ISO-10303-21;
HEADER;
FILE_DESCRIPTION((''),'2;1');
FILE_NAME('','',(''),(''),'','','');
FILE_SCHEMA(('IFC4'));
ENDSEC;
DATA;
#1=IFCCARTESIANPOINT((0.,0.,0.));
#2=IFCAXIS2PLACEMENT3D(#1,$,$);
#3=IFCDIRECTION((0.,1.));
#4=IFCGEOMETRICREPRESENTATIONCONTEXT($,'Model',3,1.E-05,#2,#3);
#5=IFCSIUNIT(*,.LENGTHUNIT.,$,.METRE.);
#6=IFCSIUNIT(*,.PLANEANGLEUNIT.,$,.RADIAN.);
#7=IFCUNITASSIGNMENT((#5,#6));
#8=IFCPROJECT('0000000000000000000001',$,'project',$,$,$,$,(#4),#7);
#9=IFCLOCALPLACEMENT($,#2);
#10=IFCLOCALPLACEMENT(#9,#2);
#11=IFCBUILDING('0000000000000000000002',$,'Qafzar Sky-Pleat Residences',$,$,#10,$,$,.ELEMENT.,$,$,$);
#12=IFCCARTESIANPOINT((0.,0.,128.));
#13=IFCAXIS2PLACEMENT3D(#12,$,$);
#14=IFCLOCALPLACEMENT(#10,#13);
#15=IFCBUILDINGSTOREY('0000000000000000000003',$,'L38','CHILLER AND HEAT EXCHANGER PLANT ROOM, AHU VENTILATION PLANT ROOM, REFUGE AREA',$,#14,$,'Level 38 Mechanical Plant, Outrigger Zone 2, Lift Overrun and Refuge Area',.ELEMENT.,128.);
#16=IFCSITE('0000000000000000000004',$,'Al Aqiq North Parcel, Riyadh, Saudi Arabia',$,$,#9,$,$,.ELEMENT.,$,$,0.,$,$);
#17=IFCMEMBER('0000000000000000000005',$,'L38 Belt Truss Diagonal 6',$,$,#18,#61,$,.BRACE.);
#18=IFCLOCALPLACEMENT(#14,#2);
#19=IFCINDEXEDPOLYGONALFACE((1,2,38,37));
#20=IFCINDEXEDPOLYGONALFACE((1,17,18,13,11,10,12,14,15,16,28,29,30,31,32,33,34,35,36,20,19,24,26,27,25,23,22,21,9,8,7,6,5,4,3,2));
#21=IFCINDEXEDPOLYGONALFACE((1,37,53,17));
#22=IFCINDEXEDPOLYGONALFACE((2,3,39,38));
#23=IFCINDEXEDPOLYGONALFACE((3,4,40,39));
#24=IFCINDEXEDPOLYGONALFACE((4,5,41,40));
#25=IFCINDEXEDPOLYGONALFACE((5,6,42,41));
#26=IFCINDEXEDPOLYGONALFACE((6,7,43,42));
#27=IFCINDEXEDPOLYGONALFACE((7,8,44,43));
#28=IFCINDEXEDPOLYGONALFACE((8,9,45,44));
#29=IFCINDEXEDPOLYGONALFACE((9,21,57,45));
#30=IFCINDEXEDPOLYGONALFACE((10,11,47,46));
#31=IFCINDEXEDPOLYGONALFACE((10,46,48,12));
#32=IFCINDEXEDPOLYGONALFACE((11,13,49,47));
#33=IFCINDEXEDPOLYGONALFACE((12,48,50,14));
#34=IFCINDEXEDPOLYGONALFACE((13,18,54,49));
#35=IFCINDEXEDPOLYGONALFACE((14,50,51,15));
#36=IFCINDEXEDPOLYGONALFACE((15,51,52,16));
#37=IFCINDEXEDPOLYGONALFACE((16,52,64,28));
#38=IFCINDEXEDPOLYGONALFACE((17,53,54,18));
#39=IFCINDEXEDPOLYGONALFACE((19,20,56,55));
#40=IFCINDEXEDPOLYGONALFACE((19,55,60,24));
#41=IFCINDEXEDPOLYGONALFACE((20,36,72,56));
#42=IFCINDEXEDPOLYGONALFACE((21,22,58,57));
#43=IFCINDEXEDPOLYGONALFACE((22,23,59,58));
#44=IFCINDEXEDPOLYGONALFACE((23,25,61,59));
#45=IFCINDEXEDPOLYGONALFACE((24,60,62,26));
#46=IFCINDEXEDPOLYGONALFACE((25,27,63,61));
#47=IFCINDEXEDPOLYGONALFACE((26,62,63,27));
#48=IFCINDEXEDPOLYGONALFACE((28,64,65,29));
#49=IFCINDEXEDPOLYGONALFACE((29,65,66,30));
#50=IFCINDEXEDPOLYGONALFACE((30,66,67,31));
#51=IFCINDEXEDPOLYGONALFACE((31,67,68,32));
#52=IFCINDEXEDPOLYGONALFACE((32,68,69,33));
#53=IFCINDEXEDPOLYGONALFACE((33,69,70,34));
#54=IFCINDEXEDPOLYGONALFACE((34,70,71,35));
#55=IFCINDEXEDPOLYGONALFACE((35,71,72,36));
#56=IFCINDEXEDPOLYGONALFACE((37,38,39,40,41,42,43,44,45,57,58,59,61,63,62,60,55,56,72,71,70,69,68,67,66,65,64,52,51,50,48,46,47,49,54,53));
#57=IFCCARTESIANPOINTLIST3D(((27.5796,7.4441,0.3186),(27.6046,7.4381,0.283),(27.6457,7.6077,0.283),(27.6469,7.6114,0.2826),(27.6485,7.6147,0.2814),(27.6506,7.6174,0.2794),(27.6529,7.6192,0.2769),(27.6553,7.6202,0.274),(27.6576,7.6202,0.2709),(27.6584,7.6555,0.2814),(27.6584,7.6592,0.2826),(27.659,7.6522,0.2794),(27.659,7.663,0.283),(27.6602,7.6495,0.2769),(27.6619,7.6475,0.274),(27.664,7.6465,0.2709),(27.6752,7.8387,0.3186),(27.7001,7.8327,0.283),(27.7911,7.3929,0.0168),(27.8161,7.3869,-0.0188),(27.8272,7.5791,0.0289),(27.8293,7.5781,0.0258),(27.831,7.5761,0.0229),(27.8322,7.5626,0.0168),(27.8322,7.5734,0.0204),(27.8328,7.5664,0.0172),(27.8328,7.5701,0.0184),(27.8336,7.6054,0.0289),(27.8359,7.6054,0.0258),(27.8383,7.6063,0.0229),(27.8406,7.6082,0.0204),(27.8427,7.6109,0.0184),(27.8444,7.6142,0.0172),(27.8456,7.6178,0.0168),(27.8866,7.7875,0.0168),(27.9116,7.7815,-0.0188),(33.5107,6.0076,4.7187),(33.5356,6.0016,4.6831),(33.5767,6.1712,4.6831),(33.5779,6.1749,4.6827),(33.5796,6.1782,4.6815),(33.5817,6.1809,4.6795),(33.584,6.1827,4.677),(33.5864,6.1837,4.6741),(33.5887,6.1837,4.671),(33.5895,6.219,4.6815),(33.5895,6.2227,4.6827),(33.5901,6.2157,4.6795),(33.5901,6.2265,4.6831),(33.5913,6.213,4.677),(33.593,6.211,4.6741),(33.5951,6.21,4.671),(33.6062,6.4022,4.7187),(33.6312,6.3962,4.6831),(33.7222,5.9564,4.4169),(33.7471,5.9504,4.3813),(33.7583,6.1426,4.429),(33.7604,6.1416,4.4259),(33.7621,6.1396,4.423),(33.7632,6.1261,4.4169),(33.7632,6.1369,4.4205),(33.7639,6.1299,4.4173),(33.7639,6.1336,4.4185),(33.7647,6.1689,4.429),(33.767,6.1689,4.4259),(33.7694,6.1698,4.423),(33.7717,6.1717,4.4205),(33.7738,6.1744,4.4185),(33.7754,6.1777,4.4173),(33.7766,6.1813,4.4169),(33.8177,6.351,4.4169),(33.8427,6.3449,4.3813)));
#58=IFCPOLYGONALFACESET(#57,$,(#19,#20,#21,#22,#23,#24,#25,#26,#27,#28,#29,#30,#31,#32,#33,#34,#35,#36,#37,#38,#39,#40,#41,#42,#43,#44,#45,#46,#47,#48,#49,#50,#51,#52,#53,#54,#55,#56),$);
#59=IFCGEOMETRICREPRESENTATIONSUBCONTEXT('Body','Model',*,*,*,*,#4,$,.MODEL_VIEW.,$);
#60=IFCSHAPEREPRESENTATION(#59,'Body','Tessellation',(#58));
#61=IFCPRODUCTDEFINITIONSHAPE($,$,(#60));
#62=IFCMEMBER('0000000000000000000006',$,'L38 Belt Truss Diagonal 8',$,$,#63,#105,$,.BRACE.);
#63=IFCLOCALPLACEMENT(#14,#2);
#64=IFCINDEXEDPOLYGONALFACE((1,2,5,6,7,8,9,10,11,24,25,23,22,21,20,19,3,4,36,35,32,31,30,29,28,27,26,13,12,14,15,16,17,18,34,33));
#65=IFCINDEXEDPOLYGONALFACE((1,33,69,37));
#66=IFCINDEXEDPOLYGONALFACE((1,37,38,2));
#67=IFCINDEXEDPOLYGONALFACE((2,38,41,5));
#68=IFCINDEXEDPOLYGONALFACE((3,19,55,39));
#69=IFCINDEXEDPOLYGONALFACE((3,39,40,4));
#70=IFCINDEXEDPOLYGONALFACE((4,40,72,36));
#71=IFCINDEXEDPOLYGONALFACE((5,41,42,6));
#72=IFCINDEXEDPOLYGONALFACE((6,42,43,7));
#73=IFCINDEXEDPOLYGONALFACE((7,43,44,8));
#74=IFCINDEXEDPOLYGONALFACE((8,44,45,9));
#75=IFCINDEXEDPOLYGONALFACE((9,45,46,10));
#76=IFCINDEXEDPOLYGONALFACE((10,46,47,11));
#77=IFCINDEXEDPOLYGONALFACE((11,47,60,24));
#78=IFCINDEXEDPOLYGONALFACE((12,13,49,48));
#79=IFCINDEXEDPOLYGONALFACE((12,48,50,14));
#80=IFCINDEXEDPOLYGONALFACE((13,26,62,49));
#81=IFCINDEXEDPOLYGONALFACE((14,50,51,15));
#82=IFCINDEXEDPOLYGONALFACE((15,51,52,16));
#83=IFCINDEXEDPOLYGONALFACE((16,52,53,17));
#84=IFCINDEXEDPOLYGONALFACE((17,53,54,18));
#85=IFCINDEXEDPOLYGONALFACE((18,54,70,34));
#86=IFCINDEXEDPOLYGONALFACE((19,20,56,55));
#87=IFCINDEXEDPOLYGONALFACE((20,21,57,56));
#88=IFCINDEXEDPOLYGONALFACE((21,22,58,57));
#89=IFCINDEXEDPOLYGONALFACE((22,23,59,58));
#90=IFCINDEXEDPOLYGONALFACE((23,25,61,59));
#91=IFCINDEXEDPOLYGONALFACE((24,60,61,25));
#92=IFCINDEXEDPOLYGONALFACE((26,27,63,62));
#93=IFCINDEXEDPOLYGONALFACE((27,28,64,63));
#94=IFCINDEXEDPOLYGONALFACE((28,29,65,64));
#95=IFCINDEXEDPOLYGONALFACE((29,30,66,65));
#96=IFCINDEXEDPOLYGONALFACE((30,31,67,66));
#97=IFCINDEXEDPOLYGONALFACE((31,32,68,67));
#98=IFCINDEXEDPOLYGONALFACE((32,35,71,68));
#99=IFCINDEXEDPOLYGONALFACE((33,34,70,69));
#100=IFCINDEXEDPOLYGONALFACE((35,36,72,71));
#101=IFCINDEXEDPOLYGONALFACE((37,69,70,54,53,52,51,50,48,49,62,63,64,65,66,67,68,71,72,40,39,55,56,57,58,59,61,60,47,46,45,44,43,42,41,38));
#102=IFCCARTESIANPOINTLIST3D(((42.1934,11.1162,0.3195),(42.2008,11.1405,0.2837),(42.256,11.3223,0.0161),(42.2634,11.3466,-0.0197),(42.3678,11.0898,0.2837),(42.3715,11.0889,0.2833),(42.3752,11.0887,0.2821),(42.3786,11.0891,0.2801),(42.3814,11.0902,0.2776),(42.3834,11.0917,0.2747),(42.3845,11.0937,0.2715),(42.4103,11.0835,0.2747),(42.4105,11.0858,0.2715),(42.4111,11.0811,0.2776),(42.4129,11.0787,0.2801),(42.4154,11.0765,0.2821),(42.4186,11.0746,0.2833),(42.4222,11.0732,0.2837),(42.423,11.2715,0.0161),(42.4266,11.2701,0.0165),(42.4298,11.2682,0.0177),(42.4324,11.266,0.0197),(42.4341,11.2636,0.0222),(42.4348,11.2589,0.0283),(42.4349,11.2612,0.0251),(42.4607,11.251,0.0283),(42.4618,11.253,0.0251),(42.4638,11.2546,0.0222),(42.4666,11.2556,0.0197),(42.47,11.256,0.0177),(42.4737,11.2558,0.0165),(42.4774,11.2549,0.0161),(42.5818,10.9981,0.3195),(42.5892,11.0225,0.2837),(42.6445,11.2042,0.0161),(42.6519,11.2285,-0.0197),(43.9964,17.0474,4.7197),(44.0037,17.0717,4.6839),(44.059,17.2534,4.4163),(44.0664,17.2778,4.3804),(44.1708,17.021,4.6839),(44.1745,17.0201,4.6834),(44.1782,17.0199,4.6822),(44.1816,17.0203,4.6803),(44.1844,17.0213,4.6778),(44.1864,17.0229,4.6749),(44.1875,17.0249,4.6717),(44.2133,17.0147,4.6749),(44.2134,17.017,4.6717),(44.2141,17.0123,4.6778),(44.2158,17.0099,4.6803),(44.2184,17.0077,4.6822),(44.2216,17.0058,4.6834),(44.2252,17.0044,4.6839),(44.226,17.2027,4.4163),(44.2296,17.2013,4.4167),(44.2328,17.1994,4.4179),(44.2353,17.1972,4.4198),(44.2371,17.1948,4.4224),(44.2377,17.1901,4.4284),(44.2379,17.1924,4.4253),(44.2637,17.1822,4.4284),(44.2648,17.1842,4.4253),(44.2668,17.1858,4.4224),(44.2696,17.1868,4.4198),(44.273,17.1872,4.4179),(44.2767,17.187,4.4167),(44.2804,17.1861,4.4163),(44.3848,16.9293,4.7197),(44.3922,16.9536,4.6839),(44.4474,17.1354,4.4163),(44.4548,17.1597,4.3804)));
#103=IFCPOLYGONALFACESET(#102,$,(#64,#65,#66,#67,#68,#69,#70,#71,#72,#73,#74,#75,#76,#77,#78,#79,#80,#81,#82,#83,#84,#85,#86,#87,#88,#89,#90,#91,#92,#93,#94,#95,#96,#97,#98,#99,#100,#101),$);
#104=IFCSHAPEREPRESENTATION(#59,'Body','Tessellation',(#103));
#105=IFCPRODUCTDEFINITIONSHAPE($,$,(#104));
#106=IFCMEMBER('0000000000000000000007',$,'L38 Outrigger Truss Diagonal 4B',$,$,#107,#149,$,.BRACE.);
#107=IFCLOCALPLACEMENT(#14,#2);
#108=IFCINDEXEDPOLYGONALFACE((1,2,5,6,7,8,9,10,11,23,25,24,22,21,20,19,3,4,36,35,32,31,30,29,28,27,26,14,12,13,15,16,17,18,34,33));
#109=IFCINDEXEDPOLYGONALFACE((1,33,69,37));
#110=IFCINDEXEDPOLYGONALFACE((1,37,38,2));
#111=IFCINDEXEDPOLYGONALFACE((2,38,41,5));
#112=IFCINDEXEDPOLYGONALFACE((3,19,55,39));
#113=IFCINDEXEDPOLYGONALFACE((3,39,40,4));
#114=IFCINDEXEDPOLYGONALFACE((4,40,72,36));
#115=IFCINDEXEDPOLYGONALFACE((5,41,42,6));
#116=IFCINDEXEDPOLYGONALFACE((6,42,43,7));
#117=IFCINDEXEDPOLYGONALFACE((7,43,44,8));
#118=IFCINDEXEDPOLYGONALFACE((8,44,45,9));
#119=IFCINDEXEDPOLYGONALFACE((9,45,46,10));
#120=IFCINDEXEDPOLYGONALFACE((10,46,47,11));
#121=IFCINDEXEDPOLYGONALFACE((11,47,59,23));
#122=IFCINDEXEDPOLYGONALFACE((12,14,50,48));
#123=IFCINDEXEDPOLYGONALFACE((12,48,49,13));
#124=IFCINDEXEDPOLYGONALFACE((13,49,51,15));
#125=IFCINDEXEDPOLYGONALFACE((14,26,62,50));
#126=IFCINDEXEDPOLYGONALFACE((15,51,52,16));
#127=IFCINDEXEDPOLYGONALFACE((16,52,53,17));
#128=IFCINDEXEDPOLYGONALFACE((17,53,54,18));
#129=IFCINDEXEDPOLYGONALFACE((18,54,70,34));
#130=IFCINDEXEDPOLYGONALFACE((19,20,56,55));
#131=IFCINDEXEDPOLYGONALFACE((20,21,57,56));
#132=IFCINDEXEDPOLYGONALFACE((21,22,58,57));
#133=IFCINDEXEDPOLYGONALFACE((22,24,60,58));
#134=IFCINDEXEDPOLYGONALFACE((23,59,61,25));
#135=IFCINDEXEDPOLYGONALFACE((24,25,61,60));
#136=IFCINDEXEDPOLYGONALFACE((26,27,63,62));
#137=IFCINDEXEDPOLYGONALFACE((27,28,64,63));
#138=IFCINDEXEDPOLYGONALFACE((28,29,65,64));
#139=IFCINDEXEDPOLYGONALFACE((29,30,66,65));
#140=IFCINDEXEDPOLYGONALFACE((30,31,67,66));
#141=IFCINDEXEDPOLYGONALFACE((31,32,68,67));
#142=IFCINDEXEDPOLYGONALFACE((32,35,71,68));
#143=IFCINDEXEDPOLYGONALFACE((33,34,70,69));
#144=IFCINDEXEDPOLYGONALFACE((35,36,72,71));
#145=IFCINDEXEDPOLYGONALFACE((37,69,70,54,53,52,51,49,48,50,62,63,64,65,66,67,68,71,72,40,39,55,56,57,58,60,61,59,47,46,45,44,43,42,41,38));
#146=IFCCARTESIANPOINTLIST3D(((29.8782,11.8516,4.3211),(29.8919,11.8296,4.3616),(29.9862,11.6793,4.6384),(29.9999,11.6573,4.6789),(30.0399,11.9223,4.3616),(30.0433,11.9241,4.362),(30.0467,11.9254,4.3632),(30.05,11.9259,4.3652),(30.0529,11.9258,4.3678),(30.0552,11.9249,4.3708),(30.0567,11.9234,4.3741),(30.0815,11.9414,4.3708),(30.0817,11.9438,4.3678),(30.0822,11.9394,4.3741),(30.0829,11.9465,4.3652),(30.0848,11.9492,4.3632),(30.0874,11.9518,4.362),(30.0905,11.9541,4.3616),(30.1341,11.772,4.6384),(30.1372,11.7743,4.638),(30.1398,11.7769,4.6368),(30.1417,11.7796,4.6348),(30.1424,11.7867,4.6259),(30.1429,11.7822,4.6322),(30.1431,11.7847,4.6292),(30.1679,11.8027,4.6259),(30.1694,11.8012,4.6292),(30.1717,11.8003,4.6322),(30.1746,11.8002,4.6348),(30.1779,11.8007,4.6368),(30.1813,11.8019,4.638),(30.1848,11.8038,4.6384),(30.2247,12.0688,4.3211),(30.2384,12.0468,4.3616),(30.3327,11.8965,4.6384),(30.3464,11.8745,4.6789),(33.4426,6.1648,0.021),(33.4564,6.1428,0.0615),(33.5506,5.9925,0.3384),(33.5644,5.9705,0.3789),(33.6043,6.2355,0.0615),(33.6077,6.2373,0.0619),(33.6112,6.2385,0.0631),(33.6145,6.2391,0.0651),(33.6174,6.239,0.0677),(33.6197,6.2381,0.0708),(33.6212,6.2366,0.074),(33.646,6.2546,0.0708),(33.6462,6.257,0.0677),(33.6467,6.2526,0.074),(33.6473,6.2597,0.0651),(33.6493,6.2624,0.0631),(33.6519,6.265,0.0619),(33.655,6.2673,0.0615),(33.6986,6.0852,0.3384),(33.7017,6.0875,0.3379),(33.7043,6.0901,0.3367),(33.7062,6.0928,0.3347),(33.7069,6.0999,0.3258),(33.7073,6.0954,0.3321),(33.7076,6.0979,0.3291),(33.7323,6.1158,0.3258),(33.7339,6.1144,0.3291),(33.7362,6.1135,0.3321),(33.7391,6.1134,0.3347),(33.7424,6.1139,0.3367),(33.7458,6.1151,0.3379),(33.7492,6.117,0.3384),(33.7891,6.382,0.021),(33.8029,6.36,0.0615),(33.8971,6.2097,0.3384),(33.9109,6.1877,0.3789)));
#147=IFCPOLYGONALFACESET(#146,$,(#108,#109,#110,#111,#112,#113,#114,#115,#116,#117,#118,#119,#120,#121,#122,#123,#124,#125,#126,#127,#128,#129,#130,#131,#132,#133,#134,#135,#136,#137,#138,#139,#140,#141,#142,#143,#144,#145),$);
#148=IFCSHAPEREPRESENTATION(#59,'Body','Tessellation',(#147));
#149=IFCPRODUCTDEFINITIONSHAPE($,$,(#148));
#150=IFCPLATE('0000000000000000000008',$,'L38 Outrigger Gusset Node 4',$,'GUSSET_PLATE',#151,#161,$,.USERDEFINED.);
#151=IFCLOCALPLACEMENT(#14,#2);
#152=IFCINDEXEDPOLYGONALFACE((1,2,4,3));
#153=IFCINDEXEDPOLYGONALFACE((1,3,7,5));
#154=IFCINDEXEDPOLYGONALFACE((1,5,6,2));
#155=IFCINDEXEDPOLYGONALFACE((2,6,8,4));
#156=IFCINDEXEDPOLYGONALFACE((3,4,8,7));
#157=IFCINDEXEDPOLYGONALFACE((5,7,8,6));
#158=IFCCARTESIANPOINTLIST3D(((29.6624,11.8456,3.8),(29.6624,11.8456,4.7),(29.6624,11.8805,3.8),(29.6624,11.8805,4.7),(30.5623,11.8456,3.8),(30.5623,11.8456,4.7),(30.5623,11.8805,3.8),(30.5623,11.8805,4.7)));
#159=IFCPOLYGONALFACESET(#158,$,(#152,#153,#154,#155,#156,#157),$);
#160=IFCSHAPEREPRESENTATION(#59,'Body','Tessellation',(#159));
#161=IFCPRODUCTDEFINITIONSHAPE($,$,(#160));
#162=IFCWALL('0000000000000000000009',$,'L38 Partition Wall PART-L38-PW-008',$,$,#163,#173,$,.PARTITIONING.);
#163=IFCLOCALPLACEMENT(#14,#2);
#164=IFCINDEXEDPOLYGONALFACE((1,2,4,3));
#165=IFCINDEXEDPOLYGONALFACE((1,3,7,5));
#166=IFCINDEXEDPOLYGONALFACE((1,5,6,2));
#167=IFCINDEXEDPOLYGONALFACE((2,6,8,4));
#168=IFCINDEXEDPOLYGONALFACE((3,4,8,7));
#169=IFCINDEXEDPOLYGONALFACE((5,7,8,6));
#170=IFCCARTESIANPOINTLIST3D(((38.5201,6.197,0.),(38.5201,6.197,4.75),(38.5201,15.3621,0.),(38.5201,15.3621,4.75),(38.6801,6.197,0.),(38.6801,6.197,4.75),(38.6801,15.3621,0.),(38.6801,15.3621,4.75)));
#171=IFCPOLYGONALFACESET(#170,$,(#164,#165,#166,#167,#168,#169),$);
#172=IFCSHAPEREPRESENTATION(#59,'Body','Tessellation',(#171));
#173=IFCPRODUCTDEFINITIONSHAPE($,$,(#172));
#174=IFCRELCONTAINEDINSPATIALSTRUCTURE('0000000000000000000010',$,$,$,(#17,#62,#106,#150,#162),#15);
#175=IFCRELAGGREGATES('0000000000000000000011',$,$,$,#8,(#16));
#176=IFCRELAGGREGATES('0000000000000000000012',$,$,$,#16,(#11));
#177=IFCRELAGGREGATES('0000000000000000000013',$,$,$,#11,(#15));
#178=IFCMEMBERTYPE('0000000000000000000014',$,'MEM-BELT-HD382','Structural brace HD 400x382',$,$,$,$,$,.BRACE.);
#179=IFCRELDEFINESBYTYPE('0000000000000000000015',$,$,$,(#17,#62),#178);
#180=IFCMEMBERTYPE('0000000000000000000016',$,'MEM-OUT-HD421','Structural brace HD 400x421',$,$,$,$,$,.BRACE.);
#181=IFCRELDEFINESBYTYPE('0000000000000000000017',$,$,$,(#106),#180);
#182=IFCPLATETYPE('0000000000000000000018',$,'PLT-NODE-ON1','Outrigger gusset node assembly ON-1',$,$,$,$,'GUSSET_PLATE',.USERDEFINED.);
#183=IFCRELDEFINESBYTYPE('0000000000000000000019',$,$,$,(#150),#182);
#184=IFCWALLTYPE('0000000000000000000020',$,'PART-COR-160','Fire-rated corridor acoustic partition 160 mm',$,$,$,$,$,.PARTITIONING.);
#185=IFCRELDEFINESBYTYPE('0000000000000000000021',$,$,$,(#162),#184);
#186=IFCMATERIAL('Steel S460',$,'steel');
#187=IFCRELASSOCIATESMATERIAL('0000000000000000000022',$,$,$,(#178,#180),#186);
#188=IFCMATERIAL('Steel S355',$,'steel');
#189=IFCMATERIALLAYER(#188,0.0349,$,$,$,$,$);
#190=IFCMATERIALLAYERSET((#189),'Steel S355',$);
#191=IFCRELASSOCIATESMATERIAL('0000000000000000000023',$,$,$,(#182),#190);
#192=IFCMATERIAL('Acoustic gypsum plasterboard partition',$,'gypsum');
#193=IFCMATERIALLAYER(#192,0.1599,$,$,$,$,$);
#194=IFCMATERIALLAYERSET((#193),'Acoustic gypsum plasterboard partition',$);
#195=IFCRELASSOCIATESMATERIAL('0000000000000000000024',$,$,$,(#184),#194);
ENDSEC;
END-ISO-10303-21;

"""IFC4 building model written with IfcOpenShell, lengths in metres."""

from ifc_helpers import new_model, si_unit, direction, frame, frame_2d, origin, origin_2d, place, context, subcontext, project, spatial, rectangle, i_section, extrude, source, transform, mapped, material, layer, layer_set, material_profile, profile_set, type_object, element, save


model = new_model("IFC4")

# Units and contexts
model_context = context("Model", 3, precision=1e-05, world=origin(), true_north=direction((0.0, 1.0)))
body_context = subcontext(model_context, "Body", "Model", "MODEL_VIEW")
ifc_project = project(units=[si_unit("LENGTHUNIT", "METRE"), si_unit("PLANEANGLEUNIT", "RADIAN")], contexts=[model_context])

# Site, building, storey
site_placement = place(None, origin())
site = spatial("IfcSite", under=ifc_project, at=site_placement, Name="Al Aqiq North Parcel, Riyadh, Saudi Arabia", CompositionType="ELEMENT", RefElevation=0.0)
building_placement = place(site_placement, origin())
building = spatial("IfcBuilding", under=site, at=building_placement, Name="Qafzar Sky-Pleat Residences", CompositionType="ELEMENT")
storey_placement = place(building_placement, frame((0.0, 0.0, 128.0)))
storey = spatial("IfcBuildingStorey", under=building, at=storey_placement, Name="L38", Description="CHILLER AND HEAT EXCHANGER PLANT ROOM, AHU VENTILATION PLANT ROOM, REFUGE AREA", LongName="Level 38 Mechanical Plant, Outrigger Zone 2, Lift Overrun and Refuge Area", CompositionType="ELEMENT", Elevation=128.0)

# Shared definitions
ifc_material_1 = material(Name="Steel S460", Category="steel")

# Shared definitions
ifc_material_2 = material(Name="Steel S355", Category="steel")

# Members
ifc_material_profile_1 = material_profile(ifc_material_1, i_section(OverallWidth=0.406, OverallDepth=0.416, WebThickness=0.0271, FlangeThickness=0.0439, FilletRadius=0.0149, at=origin_2d()), Name="HD 400x382")
ifc_profile_set_1 = profile_set([ifc_material_profile_1], Name="Steel S460")
member_type_1 = type_object("IfcMemberType", Name="MEM-BELT-HD382", Description="Structural brace HD 400x382", PredefinedType="BRACE", material=ifc_profile_set_1)
shared_shape_1 = source(origin(), body_context, "Body", "SweptSolid", [
    extrude(i_section(OverallWidth=0.406, OverallDepth=0.416, WebThickness=0.0271, FlangeThickness=0.0439, FilletRadius=0.0149, at=origin_2d()), origin(), (0.0, 0.0, 1.0), 7.5234),
])
member_1_placement = place(storey_placement, frame((27.7456, 7.6128, 0.1499), z_axis=(0.788347, -0.190938, 0.584852), x_axis=(0.235394, 0.9719, 0.0)))
element("IfcMember", 1, at=member_1_placement, inside=storey, type_object=member_type_1, Name="L38 Belt Truss Diagonal 6", PredefinedType="BRACE", context=body_context, shape_type="MappedRepresentation", body=[
    mapped(shared_shape_1, transform((0.0, 0.0, 0.0), x_axis=(1.0, 0.0, 0.0), y_axis=(0.0, 1.0, 0.0), z_axis=(0.0, 0.0, 1.0), scale=1.0)),
])
shared_shape_2 = source(origin(), body_context, "Body", "SweptSolid", [
    extrude(i_section(OverallWidth=0.406, OverallDepth=0.416, WebThickness=0.0271, FlangeThickness=0.0439, FilletRadius=0.0149, at=origin_2d()), origin(), (0.0, 0.0, 1.0), 7.6021),
])
member_2_placement = place(storey_placement, frame((42.4226, 11.1724, 0.1499), z_axis=(0.237171, 0.780208, 0.578813), x_axis=(-0.956771, 0.290843, 0.0)))
element("IfcMember", 2, at=member_2_placement, inside=storey, type_object=member_type_1, Name="L38 Belt Truss Diagonal 8", PredefinedType="BRACE", context=body_context, shape_type="MappedRepresentation", body=[
    mapped(shared_shape_2, transform((0.0, 0.0, 0.0), x_axis=(1.0, 0.0, 0.0), y_axis=(0.0, 1.0, 0.0), z_axis=(0.0, 0.0, 1.0), scale=1.0)),
])
ifc_material_profile_2 = material_profile(ifc_material_1, i_section(OverallWidth=0.4089, OverallDepth=0.425, WebThickness=0.03, FlangeThickness=0.0481, FilletRadius=0.0149, at=origin_2d()), Name="HD 400x421")
ifc_profile_set_2 = profile_set([ifc_material_profile_2], Name="Steel S460")
member_type_2 = type_object("IfcMemberType", Name="MEM-OUT-HD421", Description="Structural brace HD 400x421", PredefinedType="BRACE", material=ifc_profile_set_2)
shared_shape_3 = source(origin(), body_context, "Body", "SweptSolid", [
    extrude(i_section(OverallWidth=0.4089, OverallDepth=0.425, WebThickness=0.03, FlangeThickness=0.0481, FilletRadius=0.0149, at=origin_2d()), origin(), (0.0, 0.0, 1.0), 7.9709),
])
member_3_placement = place(storey_placement, frame((30.1123, 11.863, 4.5), z_axis=(0.447184, -0.713442, -0.539469), x_axis=(0.847313, 0.531094, 0.0)))
element("IfcMember", 3, at=member_3_placement, inside=storey, type_object=member_type_2, Name="L38 Outrigger Truss Diagonal 4B", PredefinedType="BRACE", context=body_context, shape_type="MappedRepresentation", body=[
    mapped(shared_shape_3, transform((0.0, 0.0, 0.0), x_axis=(1.0, 0.0, 0.0), y_axis=(0.0, 1.0, 0.0), z_axis=(0.0, 0.0, 1.0), scale=1.0)),
])

# Plate
ifc_layer_1 = layer(ifc_material_2, 0.0349)
ifc_layer_set_1 = layer_set([ifc_layer_1], Name="Steel S355")
plate_type = type_object("IfcPlateType", Name="PLT-NODE-ON1", Description="Outrigger gusset node assembly ON-1", ElementType="GUSSET_PLATE", PredefinedType="USERDEFINED", material=ifc_layer_set_1)
shared_shape_4 = source(origin(), body_context, "Body", "SweptSolid", [
    extrude(rectangle(XDim=0.8999, YDim=0.0349, at=origin_2d()), origin(), (0.0, 0.0, 1.0), 0.8999),
])
plate_placement = place(storey_placement, frame((30.1123, 11.863, 3.8), z_axis=(0.0, 0.0, 1.0), x_axis=(1.0, 0.0, 0.0)))
element("IfcPlate", 4, at=plate_placement, inside=storey, type_object=plate_type, Name="L38 Outrigger Gusset Node 4", ObjectType="GUSSET_PLATE", PredefinedType="USERDEFINED", context=body_context, shape_type="MappedRepresentation", body=[
    mapped(shared_shape_4, transform((0.0, 0.0, 0.0), x_axis=(1.0, 0.0, 0.0), y_axis=(0.0, 1.0, 0.0), z_axis=(0.0, 0.0, 1.0), scale=1.0)),
])

# Wall
ifc_material_3 = material(Name="Acoustic gypsum plasterboard partition", Category="gypsum")
ifc_layer_2 = layer(ifc_material_3, 0.1599)
ifc_layer_set_2 = layer_set([ifc_layer_2], Name="Acoustic gypsum plasterboard partition")
wall_type_1 = type_object("IfcWallType", Name="PART-COR-160", Description="Fire-rated corridor acoustic partition 160 mm", PredefinedType="PARTITIONING", material=ifc_layer_set_2)
wall_1_placement = place(storey_placement, frame((38.6001, 6.197, 0.0), z_axis=(0.0, 0.0, 1.0), x_axis=(0.0, 1.0, 0.0)))
element("IfcWall", 5, at=wall_1_placement, inside=storey, type_object=wall_type_1, Name="L38 Partition Wall PART-L38-PW-008", PredefinedType="PARTITIONING", context=body_context, shape_type="SweptSolid", body=[
    extrude(rectangle(XDim=9.165, YDim=0.1599, at=frame_2d((4.5825, 0.0))), origin(), (0.0, 0.0, 1.0), 4.75),
])

save(model, "model.ifc")
